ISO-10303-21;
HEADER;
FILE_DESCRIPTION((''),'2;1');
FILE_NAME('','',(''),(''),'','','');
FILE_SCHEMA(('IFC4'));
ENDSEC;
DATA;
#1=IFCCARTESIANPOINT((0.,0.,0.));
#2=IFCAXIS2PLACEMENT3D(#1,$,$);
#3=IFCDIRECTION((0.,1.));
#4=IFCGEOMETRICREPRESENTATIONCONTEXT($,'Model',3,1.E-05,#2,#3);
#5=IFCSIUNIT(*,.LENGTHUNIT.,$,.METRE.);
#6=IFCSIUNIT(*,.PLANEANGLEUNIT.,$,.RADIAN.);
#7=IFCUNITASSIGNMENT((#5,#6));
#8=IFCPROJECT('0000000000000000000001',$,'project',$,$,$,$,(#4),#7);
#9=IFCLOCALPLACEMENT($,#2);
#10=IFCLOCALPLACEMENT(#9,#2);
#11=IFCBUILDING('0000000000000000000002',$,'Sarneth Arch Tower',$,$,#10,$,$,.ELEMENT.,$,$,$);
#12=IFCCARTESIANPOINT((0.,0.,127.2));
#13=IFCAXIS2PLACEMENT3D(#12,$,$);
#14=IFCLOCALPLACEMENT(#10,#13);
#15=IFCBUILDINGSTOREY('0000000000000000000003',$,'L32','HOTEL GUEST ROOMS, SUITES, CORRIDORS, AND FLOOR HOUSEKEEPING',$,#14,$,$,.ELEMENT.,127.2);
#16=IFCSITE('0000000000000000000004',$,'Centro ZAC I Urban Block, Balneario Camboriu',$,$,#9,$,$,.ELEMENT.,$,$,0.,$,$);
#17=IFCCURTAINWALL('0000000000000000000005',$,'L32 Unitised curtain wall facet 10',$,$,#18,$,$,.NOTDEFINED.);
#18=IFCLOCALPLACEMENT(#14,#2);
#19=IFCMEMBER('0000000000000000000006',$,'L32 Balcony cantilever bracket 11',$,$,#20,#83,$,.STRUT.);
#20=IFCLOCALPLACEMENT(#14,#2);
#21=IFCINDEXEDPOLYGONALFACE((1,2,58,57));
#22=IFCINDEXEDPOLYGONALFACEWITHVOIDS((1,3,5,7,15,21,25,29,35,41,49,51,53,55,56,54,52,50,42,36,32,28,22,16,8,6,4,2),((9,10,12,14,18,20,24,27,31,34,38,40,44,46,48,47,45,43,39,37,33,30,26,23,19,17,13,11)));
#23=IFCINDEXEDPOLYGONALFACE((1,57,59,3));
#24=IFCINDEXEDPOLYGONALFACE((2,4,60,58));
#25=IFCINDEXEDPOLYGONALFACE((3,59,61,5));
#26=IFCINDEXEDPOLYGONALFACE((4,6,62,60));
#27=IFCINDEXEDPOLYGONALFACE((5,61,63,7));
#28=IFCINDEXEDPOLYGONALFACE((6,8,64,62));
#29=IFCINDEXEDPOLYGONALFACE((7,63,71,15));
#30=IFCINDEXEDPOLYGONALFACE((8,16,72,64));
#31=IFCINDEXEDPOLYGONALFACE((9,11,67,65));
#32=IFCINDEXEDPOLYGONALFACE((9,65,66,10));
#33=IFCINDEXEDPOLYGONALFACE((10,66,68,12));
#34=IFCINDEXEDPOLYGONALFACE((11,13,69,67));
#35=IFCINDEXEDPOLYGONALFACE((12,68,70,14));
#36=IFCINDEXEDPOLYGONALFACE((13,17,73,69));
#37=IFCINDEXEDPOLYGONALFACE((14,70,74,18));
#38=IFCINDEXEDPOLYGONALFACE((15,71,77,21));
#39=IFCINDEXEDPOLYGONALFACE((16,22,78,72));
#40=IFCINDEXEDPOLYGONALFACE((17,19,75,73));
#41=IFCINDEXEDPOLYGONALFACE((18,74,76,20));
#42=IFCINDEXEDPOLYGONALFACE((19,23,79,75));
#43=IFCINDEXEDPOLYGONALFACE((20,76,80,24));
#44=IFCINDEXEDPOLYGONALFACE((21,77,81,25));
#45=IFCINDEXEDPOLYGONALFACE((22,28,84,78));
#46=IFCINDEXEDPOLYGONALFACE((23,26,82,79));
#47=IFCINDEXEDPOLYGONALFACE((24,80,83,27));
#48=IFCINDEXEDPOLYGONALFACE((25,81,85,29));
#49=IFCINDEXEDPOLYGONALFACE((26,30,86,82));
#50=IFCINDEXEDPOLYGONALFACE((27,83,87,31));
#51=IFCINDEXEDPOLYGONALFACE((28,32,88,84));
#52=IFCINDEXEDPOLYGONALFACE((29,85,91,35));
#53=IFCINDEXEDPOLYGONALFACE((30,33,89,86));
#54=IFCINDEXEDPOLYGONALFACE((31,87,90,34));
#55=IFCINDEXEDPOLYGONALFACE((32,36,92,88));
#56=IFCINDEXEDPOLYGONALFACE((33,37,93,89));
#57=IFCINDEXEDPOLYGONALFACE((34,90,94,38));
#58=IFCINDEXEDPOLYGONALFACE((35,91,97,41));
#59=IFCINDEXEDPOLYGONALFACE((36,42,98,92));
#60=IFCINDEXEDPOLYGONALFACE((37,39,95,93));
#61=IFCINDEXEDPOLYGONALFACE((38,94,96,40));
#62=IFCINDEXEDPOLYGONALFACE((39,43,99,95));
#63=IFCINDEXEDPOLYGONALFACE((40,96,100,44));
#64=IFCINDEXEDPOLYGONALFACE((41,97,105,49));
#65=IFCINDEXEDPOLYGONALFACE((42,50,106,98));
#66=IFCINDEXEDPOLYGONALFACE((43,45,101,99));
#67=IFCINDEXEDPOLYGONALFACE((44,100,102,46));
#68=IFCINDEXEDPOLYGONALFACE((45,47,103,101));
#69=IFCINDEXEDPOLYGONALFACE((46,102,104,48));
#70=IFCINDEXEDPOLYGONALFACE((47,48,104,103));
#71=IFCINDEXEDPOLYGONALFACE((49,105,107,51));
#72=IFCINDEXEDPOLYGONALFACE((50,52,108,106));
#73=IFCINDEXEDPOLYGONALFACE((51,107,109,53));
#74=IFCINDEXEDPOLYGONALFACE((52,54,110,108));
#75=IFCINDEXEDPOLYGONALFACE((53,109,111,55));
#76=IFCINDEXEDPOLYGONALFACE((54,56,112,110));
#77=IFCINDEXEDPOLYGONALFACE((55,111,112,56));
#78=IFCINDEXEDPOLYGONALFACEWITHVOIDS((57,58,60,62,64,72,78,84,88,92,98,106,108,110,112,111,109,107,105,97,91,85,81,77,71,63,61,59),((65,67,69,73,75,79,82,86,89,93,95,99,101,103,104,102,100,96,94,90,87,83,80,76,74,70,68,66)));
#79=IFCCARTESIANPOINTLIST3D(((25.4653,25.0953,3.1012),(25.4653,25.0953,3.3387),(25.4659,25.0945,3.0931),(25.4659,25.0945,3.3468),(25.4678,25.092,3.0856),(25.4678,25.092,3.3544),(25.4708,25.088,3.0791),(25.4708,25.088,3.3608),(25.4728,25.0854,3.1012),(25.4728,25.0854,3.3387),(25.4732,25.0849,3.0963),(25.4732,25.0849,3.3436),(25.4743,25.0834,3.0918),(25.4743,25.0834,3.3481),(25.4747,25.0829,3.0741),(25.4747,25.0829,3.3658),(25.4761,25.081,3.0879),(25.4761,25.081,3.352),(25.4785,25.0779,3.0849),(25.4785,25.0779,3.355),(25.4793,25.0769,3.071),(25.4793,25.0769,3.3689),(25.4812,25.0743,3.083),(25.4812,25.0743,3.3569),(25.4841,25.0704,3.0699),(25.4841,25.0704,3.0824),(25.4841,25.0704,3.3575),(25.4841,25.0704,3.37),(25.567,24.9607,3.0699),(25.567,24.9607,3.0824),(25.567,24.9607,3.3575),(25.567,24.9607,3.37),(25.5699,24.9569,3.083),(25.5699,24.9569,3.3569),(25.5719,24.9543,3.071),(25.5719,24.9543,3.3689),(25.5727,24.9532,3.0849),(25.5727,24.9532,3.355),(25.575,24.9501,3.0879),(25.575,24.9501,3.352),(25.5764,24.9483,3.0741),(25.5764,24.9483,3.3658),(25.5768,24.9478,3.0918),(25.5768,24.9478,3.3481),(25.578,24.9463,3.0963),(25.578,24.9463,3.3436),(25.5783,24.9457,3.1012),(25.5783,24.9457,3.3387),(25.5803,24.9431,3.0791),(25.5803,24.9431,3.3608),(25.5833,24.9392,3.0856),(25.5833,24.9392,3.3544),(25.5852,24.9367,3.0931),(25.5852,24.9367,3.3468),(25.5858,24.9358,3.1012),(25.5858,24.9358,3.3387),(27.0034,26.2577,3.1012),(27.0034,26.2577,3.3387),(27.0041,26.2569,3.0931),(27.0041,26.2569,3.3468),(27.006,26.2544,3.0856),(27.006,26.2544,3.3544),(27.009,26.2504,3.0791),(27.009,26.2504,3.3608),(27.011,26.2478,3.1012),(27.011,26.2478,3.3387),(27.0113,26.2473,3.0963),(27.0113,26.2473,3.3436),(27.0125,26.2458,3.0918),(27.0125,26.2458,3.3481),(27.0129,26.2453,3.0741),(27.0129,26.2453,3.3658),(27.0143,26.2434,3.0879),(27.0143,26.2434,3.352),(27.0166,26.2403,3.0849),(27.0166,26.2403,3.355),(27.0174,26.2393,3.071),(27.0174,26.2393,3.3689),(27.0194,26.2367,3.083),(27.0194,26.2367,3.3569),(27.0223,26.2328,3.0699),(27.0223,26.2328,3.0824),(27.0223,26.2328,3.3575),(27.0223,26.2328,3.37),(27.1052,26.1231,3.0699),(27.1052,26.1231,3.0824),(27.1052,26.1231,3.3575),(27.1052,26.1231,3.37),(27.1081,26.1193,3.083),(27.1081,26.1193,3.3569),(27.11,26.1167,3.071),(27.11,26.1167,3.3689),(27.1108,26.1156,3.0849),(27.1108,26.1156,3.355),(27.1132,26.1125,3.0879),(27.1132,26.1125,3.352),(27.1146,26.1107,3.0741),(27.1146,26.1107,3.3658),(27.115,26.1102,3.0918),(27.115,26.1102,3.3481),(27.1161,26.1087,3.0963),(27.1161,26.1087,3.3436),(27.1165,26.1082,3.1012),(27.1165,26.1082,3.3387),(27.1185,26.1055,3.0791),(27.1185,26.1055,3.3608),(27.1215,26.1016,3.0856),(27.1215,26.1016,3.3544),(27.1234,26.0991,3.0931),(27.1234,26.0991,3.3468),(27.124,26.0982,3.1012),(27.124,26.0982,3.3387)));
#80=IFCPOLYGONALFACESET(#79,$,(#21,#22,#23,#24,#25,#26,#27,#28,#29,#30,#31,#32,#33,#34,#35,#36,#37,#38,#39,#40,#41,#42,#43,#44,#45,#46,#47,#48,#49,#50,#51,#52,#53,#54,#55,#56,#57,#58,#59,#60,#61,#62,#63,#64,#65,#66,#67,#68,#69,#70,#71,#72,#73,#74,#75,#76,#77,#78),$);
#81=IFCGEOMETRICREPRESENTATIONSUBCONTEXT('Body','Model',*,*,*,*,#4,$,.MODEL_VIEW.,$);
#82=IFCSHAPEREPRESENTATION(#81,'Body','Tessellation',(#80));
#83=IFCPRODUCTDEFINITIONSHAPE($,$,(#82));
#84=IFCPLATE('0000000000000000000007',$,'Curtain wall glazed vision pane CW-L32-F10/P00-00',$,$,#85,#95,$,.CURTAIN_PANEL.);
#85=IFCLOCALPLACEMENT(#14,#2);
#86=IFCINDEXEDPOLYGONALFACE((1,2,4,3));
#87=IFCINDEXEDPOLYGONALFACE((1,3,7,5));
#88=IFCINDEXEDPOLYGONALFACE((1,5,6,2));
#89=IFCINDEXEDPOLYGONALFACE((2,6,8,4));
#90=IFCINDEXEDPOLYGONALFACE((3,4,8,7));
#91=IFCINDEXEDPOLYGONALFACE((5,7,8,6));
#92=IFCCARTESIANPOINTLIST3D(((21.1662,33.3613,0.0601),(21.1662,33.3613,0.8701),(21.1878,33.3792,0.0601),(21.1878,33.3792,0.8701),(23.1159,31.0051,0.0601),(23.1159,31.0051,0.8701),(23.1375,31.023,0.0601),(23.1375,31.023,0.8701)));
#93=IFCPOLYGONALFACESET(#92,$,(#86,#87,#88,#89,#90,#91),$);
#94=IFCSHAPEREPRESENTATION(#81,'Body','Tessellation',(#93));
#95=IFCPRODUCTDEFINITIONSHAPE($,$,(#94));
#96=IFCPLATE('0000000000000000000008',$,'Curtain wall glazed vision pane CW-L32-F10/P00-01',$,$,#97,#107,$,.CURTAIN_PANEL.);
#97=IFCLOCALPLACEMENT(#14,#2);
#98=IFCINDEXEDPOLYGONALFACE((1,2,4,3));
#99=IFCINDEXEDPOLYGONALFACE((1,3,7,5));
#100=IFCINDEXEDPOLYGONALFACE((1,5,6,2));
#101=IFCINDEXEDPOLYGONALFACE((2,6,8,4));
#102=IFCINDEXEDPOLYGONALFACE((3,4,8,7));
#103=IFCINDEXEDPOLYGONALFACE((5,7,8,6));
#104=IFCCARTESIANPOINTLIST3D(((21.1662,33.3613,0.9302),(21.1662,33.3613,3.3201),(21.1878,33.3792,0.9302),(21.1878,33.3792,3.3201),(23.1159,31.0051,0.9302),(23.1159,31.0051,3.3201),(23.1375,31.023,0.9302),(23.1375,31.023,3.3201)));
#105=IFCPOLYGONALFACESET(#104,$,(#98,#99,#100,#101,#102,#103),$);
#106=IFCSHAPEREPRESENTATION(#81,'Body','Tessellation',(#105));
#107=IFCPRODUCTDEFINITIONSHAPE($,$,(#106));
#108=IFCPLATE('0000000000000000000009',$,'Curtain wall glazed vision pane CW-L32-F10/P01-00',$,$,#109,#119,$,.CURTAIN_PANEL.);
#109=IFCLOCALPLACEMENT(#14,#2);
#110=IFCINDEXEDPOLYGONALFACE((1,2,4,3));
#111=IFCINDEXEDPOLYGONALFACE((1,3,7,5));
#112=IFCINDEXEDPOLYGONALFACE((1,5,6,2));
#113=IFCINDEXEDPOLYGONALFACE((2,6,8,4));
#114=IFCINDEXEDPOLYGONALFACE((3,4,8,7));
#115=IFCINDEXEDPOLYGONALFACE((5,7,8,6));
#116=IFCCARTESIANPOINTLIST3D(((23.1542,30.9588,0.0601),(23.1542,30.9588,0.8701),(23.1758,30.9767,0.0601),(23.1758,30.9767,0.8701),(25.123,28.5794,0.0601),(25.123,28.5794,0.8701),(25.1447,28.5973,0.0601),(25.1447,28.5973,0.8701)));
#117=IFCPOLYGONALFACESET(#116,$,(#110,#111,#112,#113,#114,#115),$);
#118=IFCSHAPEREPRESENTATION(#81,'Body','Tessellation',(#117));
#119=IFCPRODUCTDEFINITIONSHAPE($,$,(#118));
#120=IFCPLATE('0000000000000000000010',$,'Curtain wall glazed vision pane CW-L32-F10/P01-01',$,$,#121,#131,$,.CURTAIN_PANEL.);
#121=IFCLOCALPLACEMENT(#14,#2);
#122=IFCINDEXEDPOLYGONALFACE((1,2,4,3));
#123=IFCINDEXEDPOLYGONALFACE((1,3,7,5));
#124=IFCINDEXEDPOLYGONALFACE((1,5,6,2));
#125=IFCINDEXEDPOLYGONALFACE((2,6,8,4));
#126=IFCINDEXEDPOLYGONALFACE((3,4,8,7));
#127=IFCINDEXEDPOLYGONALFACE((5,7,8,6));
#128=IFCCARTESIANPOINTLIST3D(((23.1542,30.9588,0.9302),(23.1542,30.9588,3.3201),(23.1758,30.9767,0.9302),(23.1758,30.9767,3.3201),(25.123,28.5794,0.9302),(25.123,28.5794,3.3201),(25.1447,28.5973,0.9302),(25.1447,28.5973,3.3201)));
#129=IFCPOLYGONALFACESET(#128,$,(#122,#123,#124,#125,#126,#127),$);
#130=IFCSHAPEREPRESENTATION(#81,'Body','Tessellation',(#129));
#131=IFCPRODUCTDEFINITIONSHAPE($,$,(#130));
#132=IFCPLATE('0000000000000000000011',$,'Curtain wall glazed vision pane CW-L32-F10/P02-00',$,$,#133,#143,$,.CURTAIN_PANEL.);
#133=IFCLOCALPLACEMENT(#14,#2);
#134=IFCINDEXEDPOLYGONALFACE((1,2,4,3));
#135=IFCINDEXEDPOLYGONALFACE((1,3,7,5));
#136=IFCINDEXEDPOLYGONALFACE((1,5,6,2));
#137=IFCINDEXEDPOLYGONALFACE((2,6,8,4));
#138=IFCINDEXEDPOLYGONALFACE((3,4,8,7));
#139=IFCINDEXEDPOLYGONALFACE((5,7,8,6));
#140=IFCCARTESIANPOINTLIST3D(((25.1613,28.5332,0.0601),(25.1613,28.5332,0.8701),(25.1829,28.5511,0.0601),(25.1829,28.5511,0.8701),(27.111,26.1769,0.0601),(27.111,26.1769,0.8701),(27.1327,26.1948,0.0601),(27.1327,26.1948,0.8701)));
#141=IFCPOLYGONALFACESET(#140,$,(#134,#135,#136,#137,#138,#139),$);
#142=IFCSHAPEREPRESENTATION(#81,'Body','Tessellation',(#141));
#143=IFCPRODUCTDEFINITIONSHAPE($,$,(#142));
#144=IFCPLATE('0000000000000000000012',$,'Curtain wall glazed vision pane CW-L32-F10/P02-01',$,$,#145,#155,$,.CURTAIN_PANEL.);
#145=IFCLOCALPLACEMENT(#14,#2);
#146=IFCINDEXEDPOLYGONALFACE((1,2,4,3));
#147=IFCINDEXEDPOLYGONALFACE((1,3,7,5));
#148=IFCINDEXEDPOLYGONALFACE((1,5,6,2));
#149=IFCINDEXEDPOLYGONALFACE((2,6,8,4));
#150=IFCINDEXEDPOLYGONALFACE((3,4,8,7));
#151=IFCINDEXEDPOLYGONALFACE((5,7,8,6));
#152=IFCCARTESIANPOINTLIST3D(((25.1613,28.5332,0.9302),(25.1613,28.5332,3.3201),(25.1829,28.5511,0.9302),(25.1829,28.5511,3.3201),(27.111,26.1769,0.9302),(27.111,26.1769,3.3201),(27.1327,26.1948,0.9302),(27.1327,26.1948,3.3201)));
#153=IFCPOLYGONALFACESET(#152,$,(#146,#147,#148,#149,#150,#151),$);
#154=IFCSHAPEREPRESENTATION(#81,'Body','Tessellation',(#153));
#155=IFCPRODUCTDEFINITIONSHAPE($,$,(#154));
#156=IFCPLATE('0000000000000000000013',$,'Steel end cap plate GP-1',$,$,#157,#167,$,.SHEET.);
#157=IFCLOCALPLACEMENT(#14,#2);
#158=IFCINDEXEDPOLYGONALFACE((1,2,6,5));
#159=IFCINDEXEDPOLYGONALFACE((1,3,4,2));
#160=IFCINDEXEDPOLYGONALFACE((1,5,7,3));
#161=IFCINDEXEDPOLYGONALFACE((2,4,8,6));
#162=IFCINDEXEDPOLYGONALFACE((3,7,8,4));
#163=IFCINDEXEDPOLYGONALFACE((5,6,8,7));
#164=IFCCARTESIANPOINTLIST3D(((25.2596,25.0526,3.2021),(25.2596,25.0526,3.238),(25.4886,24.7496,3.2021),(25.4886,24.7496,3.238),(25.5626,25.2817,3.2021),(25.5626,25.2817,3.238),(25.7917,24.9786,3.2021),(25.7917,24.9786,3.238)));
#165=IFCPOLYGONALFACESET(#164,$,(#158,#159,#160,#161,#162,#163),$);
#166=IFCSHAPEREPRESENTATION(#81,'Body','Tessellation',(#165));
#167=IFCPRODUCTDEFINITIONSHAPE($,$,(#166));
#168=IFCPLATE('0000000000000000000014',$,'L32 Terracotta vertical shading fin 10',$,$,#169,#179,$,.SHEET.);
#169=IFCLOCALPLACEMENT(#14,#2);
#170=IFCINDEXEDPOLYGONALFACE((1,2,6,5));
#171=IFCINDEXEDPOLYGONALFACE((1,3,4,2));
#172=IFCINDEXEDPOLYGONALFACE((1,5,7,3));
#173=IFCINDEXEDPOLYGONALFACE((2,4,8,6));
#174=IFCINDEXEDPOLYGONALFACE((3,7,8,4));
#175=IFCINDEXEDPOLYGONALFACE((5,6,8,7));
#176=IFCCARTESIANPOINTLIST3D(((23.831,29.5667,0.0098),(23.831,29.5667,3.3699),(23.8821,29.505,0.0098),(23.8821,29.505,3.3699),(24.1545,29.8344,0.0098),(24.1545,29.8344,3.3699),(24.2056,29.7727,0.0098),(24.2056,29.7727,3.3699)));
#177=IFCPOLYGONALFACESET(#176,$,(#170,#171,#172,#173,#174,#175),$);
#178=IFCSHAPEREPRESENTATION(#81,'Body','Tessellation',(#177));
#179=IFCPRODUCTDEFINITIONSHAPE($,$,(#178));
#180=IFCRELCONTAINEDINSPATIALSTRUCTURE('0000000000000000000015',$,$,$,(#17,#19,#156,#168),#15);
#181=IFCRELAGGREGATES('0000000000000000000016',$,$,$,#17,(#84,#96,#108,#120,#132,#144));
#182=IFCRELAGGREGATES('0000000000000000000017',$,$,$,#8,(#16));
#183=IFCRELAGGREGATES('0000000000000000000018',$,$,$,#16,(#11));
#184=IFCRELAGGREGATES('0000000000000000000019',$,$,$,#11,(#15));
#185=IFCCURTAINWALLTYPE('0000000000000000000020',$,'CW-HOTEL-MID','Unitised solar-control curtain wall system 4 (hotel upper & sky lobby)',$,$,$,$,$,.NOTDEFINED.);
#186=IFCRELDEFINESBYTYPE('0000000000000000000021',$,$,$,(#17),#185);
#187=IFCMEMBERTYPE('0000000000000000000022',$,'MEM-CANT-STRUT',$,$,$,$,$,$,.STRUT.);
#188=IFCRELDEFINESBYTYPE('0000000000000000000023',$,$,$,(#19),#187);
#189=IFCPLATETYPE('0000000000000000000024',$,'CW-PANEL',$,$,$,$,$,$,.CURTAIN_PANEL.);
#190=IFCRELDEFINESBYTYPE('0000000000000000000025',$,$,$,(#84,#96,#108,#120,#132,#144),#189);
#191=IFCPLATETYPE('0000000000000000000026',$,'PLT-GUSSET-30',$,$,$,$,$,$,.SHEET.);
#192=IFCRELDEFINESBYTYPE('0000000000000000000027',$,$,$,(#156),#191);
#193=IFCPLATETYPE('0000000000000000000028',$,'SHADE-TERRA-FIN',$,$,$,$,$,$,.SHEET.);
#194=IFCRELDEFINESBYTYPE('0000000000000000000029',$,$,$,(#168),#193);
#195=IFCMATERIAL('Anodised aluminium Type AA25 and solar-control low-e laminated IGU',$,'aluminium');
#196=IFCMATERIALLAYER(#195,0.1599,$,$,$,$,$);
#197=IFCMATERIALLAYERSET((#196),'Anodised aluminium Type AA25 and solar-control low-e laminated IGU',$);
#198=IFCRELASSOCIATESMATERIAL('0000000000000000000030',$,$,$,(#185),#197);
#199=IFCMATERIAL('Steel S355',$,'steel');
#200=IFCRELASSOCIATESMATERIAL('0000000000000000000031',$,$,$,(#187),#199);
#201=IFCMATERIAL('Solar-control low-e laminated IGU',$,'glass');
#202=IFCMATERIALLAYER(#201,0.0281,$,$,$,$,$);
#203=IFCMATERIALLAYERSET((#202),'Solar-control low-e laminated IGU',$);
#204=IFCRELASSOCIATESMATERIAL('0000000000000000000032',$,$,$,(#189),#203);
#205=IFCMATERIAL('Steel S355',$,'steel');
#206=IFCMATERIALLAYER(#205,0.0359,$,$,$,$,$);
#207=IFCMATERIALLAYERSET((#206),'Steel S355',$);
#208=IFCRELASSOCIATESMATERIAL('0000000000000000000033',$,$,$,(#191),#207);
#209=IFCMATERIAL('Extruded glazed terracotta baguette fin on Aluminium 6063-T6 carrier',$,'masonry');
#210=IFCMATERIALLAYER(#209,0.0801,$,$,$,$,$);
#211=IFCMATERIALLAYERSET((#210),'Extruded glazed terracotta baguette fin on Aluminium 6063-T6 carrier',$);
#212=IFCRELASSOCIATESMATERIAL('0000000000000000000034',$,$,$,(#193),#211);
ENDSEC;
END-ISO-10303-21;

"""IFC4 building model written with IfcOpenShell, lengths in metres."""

from ifc_helpers import new_model, si_unit, direction, frame, origin, origin_2d, place, context, subcontext, project, spatial, rectangle, hollow_rectangle, extrude, material, layer, layer_set, material_profile, profile_set, type_object, element, aggregate, save


model = new_model("IFC4")

# Units and contexts
model_context = context("Model", 3, precision=1e-05, world=origin(), true_north=direction((0.0, 1.0)))
body_context = subcontext(model_context, "Body", "Model", "MODEL_VIEW")
ifc_project = project(units=[si_unit("LENGTHUNIT", "METRE"), si_unit("PLANEANGLEUNIT", "RADIAN")], contexts=[model_context])

# Site, building, storey
site_placement = place(None, origin())
site = spatial("IfcSite", under=ifc_project, at=site_placement, Name="Centro ZAC I Urban Block, Balneario Camboriu", CompositionType="ELEMENT", RefElevation=0.0)
building_placement = place(site_placement, origin())
building = spatial("IfcBuilding", under=site, at=building_placement, Name="Sarneth Arch Tower", CompositionType="ELEMENT")
storey_placement = place(building_placement, frame((0.0, 0.0, 127.2)))
storey = spatial("IfcBuildingStorey", under=building, at=storey_placement, Name="L32", Description="HOTEL GUEST ROOMS, SUITES, CORRIDORS, AND FLOOR HOUSEKEEPING", CompositionType="ELEMENT", Elevation=127.2)

# Curtain wall
ifc_material_1 = material(Name="Anodised aluminium Type AA25 and solar-control low-e laminated IGU", Category="aluminium")
ifc_layer_1 = layer(ifc_material_1, 0.1599)
ifc_layer_set_1 = layer_set([ifc_layer_1], Name="Anodised aluminium Type AA25 and solar-control low-e laminated IGU")
curtain_wall_type = type_object("IfcCurtainWallType", Name="CW-HOTEL-MID", Description="Unitised solar-control curtain wall system 4 (hotel upper & sky lobby)", PredefinedType="NOTDEFINED", material=ifc_layer_set_1)
curtain_wall_placement = place(storey_placement, origin())
curtain_wall = element("IfcCurtainWall", 1, at=curtain_wall_placement, inside=storey, type_object=curtain_wall_type, Name="L32 Unitised curtain wall facet 10", PredefinedType="NOTDEFINED")

# Member
ifc_material_2 = material(Name="Steel S355", Category="steel")
ifc_material_profile_1 = material_profile(ifc_material_2, hollow_rectangle(XDim=0.2, YDim=0.3, WallThickness=0.0125, InnerFilletRadius=0.0188, OuterFilletRadius=0.0312, at=origin_2d()), Name="RHS300x200x12.5")
ifc_profile_set_1 = profile_set([ifc_material_profile_1], Name="Steel S355")
member_type_1 = type_object("IfcMemberType", Name="MEM-CANT-STRUT", PredefinedType="STRUT", material=ifc_profile_set_1)
member_1_placement = place(storey_placement, frame((27.0637, 26.178, 3.22), z_axis=(-0.797806, -0.602914, 0.0), x_axis=(0.602914, -0.797806, 0.0)))
element("IfcMember", 2, at=member_1_placement, inside=storey, type_object=member_type_1, Name="L32 Balcony cantilever bracket 11", PredefinedType="STRUT", context=body_context, shape_type="SweptSolid", body=[
    extrude(hollow_rectangle(XDim=0.2, YDim=0.3, WallThickness=0.0125, InnerFilletRadius=0.0188, OuterFilletRadius=0.0312, at=origin_2d()), origin(), (0.0, 0.0, 1.0), 1.928),
])

# Plates
ifc_material_3 = material(Name="Solar-control low-e laminated IGU", Category="glass")
ifc_layer_2 = layer(ifc_material_3, 0.0281)
ifc_layer_set_2 = layer_set([ifc_layer_2], Name="Solar-control low-e laminated IGU")
plate_type_1 = type_object("IfcPlateType", Name="CW-PANEL", PredefinedType="CURTAIN_PANEL", material=ifc_layer_set_2)
plate_1_placement = place(storey_placement, frame((22.1519, 32.1921, 0.0601), z_axis=(0.0, 0.0, 1.0), x_axis=(0.637515, -0.770438, 0.0)))
plate_1 = element("IfcPlate", 3, at=plate_1_placement, type_object=plate_type_1, Name="Curtain wall glazed vision pane CW-L32-F10/P00-00", PredefinedType="CURTAIN_PANEL", context=body_context, shape_type="SweptSolid", body=[
    extrude(rectangle(XDim=3.0583, YDim=0.0281, at=origin_2d()), origin(), (0.0, 0.0, 1.0), 0.8101),
])
plate_2_placement = place(storey_placement, frame((22.1519, 32.1921, 0.9302), z_axis=(0.0, 0.0, 1.0), x_axis=(0.637515, -0.770438, 0.0)))
plate_2 = element("IfcPlate", 4, at=plate_2_placement, type_object=plate_type_1, Name="Curtain wall glazed vision pane CW-L32-F10/P00-01", PredefinedType="CURTAIN_PANEL", context=body_context, shape_type="SweptSolid", body=[
    extrude(rectangle(XDim=3.0583, YDim=0.0281, at=origin_2d()), origin(), (0.0, 0.0, 1.0), 2.3899),
])
plate_3_placement = place(storey_placement, frame((24.1494, 29.7781, 0.0601), z_axis=(0.0, 0.0, 1.0), x_axis=(0.637515, -0.770438, 0.0)))
plate_3 = element("IfcPlate", 5, at=plate_3_placement, type_object=plate_type_1, Name="Curtain wall glazed vision pane CW-L32-F10/P01-00", PredefinedType="CURTAIN_PANEL", context=body_context, shape_type="SweptSolid", body=[
    extrude(rectangle(XDim=3.0884, YDim=0.0281, at=origin_2d()), origin(), (0.0, 0.0, 1.0), 0.8101),
])
plate_4_placement = place(storey_placement, frame((24.1494, 29.7781, 0.9302), z_axis=(0.0, 0.0, 1.0), x_axis=(0.637515, -0.770438, 0.0)))
plate_4 = element("IfcPlate", 6, at=plate_4_placement, type_object=plate_type_1, Name="Curtain wall glazed vision pane CW-L32-F10/P01-01", PredefinedType="CURTAIN_PANEL", context=body_context, shape_type="SweptSolid", body=[
    extrude(rectangle(XDim=3.0884, YDim=0.0281, at=origin_2d()), origin(), (0.0, 0.0, 1.0), 2.3899),
])
plate_5_placement = place(storey_placement, frame((26.147, 27.364, 0.0601), z_axis=(0.0, 0.0, 1.0), x_axis=(0.637515, -0.770438, 0.0)))
plate_5 = element("IfcPlate", 7, at=plate_5_placement, type_object=plate_type_1, Name="Curtain wall glazed vision pane CW-L32-F10/P02-00", PredefinedType="CURTAIN_PANEL", context=body_context, shape_type="SweptSolid", body=[
    extrude(rectangle(XDim=3.0583, YDim=0.0281, at=origin_2d()), origin(), (0.0, 0.0, 1.0), 0.8101),
])
plate_6_placement = place(storey_placement, frame((26.147, 27.364, 0.9302), z_axis=(0.0, 0.0, 1.0), x_axis=(0.637515, -0.770438, 0.0)))
plate_6 = element("IfcPlate", 8, at=plate_6_placement, type_object=plate_type_1, Name="Curtain wall glazed vision pane CW-L32-F10/P02-01", PredefinedType="CURTAIN_PANEL", context=body_context, shape_type="SweptSolid", body=[
    extrude(rectangle(XDim=3.0583, YDim=0.0281, at=origin_2d()), origin(), (0.0, 0.0, 1.0), 2.3899),
])
aggregate(curtain_wall, [plate_1, plate_2, plate_3, plate_4, plate_5, plate_6])

# Plates
ifc_material_4 = material(Name="Steel S355", Category="steel")
ifc_layer_3 = layer(ifc_material_4, 0.0359)
ifc_layer_set_3 = layer_set([ifc_layer_3], Name="Steel S355")
plate_type_2 = type_object("IfcPlateType", Name="PLT-GUSSET-30", PredefinedType="SHEET", material=ifc_layer_set_3)
plate_7_placement = place(storey_placement, frame((25.5256, 25.0156, 3.2021), z_axis=(0.0, 0.0, 1.0), x_axis=(-0.797794, -0.60293, 0.0)))
element("IfcPlate", 9, at=plate_7_placement, inside=storey, type_object=plate_type_2, Name="Steel end cap plate GP-1", PredefinedType="SHEET", context=body_context, shape_type="SweptSolid", body=[
    extrude(rectangle(XDim=0.3799, YDim=0.3799, at=origin_2d()), origin(), (0.0, 0.0, 1.0), 0.0359),
])
ifc_material_5 = material(Name="Extruded glazed terracotta baguette fin on Aluminium 6063-T6 carrier", Category="masonry")
ifc_layer_4 = layer(ifc_material_5, 0.0801)
ifc_layer_set_4 = layer_set([ifc_layer_4], Name="Extruded glazed terracotta baguette fin on Aluminium 6063-T6 carrier")
plate_type_3 = type_object("IfcPlateType", Name="SHADE-TERRA-FIN", PredefinedType="SHEET", material=ifc_layer_set_4)
plate_8_placement = place(storey_placement, frame((24.0183, 29.6697, 0.0098), z_axis=(0.0, 0.0, 1.0), x_axis=(-0.770402, -0.637558, 0.0)))
element("IfcPlate", 10, at=plate_8_placement, inside=storey, type_object=plate_type_3, Name="L32 Terracotta vertical shading fin 10", PredefinedType="SHEET", context=body_context, shape_type="SweptSolid", body=[
    extrude(rectangle(XDim=0.4199, YDim=0.0801, at=origin_2d()), origin(), (0.0, 0.0, 1.0), 3.3601),
])

save(model, "model.ifc")
